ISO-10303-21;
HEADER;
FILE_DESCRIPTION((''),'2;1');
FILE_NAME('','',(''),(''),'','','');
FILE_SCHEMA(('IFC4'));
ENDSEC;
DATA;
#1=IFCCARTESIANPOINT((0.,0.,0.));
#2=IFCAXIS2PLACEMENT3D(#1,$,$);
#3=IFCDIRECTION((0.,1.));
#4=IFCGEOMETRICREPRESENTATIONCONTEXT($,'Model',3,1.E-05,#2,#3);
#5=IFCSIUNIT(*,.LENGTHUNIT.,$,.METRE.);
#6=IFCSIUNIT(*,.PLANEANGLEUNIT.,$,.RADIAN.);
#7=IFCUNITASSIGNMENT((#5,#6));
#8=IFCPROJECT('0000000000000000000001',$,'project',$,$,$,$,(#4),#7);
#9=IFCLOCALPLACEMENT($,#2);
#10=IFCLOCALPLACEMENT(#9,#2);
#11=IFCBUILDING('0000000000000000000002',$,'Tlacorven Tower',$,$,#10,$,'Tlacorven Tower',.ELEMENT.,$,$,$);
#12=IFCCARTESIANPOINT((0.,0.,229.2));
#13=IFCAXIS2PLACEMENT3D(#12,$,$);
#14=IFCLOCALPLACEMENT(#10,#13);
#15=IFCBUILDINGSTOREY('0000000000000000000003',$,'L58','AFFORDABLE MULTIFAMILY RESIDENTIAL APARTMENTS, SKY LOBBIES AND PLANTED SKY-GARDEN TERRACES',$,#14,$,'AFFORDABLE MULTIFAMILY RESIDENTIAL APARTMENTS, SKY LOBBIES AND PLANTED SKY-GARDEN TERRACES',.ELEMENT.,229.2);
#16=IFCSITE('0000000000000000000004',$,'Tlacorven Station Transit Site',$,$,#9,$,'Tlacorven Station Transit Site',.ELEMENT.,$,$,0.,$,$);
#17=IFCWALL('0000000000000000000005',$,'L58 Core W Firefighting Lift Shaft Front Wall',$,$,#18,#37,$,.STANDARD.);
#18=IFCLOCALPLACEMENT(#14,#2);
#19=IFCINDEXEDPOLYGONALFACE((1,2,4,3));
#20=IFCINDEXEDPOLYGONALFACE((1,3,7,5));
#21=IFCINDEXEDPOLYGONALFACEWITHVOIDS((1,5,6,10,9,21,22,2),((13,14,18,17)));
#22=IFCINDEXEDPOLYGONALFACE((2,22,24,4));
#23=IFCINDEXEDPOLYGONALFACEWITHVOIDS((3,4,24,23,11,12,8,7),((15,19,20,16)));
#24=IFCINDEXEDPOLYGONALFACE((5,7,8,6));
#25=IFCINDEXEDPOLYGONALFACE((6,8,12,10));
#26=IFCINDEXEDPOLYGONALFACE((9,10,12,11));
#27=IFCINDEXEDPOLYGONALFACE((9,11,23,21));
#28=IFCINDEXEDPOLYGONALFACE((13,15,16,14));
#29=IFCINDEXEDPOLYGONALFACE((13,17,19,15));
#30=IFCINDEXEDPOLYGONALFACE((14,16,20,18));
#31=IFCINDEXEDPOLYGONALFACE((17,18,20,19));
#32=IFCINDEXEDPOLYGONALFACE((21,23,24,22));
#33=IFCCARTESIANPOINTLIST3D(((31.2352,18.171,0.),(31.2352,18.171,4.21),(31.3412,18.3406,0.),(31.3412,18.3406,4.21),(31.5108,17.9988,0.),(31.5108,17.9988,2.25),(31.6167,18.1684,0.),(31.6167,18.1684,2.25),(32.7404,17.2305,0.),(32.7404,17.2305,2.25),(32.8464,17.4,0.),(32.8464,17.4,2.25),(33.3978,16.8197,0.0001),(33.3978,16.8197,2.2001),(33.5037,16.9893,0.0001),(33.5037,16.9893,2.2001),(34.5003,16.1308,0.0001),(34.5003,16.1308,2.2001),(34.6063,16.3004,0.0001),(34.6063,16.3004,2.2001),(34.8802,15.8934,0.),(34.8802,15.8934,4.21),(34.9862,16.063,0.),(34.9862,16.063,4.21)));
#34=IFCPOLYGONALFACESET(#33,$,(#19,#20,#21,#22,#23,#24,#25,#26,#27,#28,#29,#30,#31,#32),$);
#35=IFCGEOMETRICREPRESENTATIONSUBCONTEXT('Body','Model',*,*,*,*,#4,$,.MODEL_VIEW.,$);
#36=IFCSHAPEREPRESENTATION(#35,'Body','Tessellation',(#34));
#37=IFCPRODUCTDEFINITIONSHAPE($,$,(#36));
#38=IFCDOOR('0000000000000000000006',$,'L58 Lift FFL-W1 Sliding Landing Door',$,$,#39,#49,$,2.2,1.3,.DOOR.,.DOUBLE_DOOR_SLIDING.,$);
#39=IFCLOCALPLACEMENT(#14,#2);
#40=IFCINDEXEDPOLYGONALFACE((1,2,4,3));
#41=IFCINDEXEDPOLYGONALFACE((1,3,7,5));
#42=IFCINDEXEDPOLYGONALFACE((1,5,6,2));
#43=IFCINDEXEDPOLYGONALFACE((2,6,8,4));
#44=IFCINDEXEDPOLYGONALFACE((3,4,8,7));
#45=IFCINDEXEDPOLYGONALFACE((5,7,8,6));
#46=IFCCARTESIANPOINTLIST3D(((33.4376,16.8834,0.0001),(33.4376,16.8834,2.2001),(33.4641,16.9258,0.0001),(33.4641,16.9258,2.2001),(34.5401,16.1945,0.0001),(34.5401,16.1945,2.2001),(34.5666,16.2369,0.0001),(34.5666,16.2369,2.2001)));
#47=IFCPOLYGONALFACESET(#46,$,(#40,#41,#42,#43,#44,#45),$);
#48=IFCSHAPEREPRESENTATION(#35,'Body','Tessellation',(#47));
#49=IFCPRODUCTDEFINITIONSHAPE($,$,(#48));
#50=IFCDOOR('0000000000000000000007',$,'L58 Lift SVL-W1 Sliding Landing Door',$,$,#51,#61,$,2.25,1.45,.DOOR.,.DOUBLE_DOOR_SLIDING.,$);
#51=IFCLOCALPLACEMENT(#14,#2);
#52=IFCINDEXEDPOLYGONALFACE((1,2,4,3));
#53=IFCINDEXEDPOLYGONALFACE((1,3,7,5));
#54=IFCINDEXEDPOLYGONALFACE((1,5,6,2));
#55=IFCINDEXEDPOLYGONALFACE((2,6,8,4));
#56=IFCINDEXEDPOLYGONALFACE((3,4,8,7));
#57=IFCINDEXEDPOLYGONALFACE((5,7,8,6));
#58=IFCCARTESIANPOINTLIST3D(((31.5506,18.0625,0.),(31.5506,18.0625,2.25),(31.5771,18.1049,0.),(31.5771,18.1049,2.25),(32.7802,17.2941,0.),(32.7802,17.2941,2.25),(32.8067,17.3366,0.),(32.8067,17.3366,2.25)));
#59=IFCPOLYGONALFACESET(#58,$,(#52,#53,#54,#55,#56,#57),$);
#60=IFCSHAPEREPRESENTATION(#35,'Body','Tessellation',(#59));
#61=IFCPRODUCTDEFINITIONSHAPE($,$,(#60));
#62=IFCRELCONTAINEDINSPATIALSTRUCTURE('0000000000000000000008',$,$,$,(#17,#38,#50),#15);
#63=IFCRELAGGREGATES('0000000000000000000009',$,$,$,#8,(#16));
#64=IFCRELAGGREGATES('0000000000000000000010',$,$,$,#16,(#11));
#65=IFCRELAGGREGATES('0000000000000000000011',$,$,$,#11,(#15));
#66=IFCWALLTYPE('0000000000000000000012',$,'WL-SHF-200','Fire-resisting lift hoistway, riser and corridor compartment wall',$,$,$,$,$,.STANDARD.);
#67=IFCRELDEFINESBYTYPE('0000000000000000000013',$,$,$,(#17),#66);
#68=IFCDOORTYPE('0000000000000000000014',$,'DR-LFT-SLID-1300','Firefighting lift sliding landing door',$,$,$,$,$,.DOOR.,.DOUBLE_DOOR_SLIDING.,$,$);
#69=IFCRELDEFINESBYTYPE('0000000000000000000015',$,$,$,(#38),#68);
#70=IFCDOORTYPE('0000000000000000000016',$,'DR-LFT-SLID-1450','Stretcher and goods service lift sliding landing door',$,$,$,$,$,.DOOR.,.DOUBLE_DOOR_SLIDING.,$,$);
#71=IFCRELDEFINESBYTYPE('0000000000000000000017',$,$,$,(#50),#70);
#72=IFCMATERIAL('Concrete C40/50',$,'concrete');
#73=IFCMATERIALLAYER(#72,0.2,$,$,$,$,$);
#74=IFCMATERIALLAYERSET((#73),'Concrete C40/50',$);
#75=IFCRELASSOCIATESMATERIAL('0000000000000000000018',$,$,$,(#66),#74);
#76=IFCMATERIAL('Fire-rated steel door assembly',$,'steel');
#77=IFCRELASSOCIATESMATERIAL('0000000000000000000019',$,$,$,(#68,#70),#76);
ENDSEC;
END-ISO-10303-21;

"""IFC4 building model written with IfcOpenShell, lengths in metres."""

from ifc_helpers import new_model, si_unit, direction, frame, frame_2d, origin, place, context, subcontext, project, spatial, rectangle, extrude, source, transform, mapped, material, layer, layer_set, type_object, element, fill, save


model = new_model("IFC4")

# Units and contexts
model_context = context("Model", 3, precision=1e-05, world=origin(), true_north=direction((0.0, 1.0)))
body_context = subcontext(model_context, "Body", "Model", "MODEL_VIEW")
ifc_project = project(units=[si_unit("LENGTHUNIT", "METRE"), si_unit("PLANEANGLEUNIT", "RADIAN")], contexts=[model_context])

# Site, building, storey
site_placement = place(None, origin())
site = spatial("IfcSite", under=ifc_project, at=site_placement, Name="Tlacorven Station Transit Site", LongName="Tlacorven Station Transit Site", CompositionType="ELEMENT", RefElevation=0.0)
building_placement = place(site_placement, origin())
building = spatial("IfcBuilding", under=site, at=building_placement, Name="Tlacorven Tower", LongName="Tlacorven Tower", CompositionType="ELEMENT")
storey_placement = place(building_placement, frame((0.0, 0.0, 229.2)))
storey = spatial("IfcBuildingStorey", under=building, at=storey_placement, Name="L58", Description="AFFORDABLE MULTIFAMILY RESIDENTIAL APARTMENTS, SKY LOBBIES AND PLANTED SKY-GARDEN TERRACES", LongName="AFFORDABLE MULTIFAMILY RESIDENTIAL APARTMENTS, SKY LOBBIES AND PLANTED SKY-GARDEN TERRACES", CompositionType="ELEMENT", Elevation=229.2)

# Shared definitions
ifc_material_1 = material(Name="Fire-rated steel door assembly", Category="steel")

# Wall, openings, doors
ifc_material_2 = material(Name="Concrete C40/50", Category="concrete")
ifc_layer_1 = layer(ifc_material_2, 0.2)
ifc_layer_set_1 = layer_set([ifc_layer_1], Name="Concrete C40/50")
wall_type_1 = type_object("IfcWallType", Name="WL-SHF-200", Description="Fire-resisting lift hoistway, riser and corridor compartment wall", PredefinedType="STANDARD", material=ifc_layer_set_1)
wall_1_placement = place(storey_placement, frame((34.9331, 15.9783, 0.0), z_axis=(0.0, 0.0, 1.0), x_axis=(-0.848056, 0.529907, 0.0)))
wall_1 = element("IfcWall", 1, at=wall_1_placement, inside=storey, type_object=wall_type_1, Name="L58 Core W Firefighting Lift Shaft Front Wall", PredefinedType="STANDARD", context=body_context, shape_type="SweptSolid", body=[
    extrude(rectangle(XDim=4.2981, YDim=0.2, at=frame_2d((2.1489, 0.0))), origin(), (0.0, 0.0, 1.0), 4.21),
])
opening_1_placement = place(wall_1_placement, frame((0.448, 0.0, 0.0)))
opening_1 = element("IfcOpeningElement", 2, at=opening_1_placement, cuts=wall_1, PredefinedType="OPENING", context=body_context, shape_type="SweptSolid", body=[
    extrude(rectangle(XDim=1.3, YDim=2.2, at=frame_2d((0.6499, 1.1001))), frame((0.0, 0.1099, 0.0), z_axis=(0.0, -1.0, 0.0), x_axis=(1.0, 0.0, 0.0)), (0.0, 0.0, 1.0), 0.22),
])
opening_2_placement = place(wall_1_placement, frame((2.5229, 0.0, 0.0)))
opening_2 = element("IfcOpeningElement", 3, at=opening_2_placement, cuts=wall_1, PredefinedType="OPENING", context=body_context, shape_type="SweptSolid", body=[
    extrude(rectangle(XDim=1.45, YDim=2.25, at=frame_2d((0.7251, 1.125))), frame((0.0, 0.1099, 0.0), z_axis=(0.0, -1.0, 0.0), x_axis=(1.0, 0.0, 0.0)), (0.0, 0.0, 1.0), 0.22),
])
door_type_1 = type_object("IfcDoorType", Name="DR-LFT-SLID-1300", Description="Firefighting lift sliding landing door", OperationType="DOUBLE_DOOR_SLIDING", PredefinedType="DOOR", material=ifc_material_1)
shared_shape_1 = source(origin(), body_context, "Body", "SweptSolid", [
    extrude(rectangle(XDim=1.3, YDim=2.2, at=frame_2d((0.6499, 1.1001))), frame((0.0, 0.0249, 0.0), z_axis=(0.0, -1.0, 0.0), x_axis=(1.0, 0.0, 0.0)), (0.0, 0.0, 1.0), 0.05),
])
door_1_placement = place(opening_1_placement, origin())
door_1 = element("IfcDoor", 4, at=door_1_placement, inside=storey, type_object=door_type_1, Name="L58 Lift FFL-W1 Sliding Landing Door", OperationType="DOUBLE_DOOR_SLIDING", OverallHeight=2.2, OverallWidth=1.3, PredefinedType="DOOR", context=body_context, shape_type="MappedRepresentation", body=[
    mapped(shared_shape_1, transform((0.0, 0.0, 0.0), scale=1.0)),
])
fill(opening_1, door_1)
door_type_2 = type_object("IfcDoorType", Name="DR-LFT-SLID-1450", Description="Stretcher and goods service lift sliding landing door", OperationType="DOUBLE_DOOR_SLIDING", PredefinedType="DOOR", material=ifc_material_1)
shared_shape_2 = source(origin(), body_context, "Body", "SweptSolid", [
    extrude(rectangle(XDim=1.45, YDim=2.25, at=frame_2d((0.7251, 1.125))), frame((0.0, 0.0249, 0.0), z_axis=(0.0, -1.0, 0.0), x_axis=(1.0, 0.0, 0.0)), (0.0, 0.0, 1.0), 0.05),
])
door_2_placement = place(opening_2_placement, origin())
door_2 = element("IfcDoor", 5, at=door_2_placement, inside=storey, type_object=door_type_2, Name="L58 Lift SVL-W1 Sliding Landing Door", OperationType="DOUBLE_DOOR_SLIDING", OverallHeight=2.25, OverallWidth=1.45, PredefinedType="DOOR", context=body_context, shape_type="MappedRepresentation", body=[
    mapped(shared_shape_2, transform((0.0, 0.0, 0.0), scale=1.0)),
])
fill(opening_2, door_2)

save(model, "model.ifc")
